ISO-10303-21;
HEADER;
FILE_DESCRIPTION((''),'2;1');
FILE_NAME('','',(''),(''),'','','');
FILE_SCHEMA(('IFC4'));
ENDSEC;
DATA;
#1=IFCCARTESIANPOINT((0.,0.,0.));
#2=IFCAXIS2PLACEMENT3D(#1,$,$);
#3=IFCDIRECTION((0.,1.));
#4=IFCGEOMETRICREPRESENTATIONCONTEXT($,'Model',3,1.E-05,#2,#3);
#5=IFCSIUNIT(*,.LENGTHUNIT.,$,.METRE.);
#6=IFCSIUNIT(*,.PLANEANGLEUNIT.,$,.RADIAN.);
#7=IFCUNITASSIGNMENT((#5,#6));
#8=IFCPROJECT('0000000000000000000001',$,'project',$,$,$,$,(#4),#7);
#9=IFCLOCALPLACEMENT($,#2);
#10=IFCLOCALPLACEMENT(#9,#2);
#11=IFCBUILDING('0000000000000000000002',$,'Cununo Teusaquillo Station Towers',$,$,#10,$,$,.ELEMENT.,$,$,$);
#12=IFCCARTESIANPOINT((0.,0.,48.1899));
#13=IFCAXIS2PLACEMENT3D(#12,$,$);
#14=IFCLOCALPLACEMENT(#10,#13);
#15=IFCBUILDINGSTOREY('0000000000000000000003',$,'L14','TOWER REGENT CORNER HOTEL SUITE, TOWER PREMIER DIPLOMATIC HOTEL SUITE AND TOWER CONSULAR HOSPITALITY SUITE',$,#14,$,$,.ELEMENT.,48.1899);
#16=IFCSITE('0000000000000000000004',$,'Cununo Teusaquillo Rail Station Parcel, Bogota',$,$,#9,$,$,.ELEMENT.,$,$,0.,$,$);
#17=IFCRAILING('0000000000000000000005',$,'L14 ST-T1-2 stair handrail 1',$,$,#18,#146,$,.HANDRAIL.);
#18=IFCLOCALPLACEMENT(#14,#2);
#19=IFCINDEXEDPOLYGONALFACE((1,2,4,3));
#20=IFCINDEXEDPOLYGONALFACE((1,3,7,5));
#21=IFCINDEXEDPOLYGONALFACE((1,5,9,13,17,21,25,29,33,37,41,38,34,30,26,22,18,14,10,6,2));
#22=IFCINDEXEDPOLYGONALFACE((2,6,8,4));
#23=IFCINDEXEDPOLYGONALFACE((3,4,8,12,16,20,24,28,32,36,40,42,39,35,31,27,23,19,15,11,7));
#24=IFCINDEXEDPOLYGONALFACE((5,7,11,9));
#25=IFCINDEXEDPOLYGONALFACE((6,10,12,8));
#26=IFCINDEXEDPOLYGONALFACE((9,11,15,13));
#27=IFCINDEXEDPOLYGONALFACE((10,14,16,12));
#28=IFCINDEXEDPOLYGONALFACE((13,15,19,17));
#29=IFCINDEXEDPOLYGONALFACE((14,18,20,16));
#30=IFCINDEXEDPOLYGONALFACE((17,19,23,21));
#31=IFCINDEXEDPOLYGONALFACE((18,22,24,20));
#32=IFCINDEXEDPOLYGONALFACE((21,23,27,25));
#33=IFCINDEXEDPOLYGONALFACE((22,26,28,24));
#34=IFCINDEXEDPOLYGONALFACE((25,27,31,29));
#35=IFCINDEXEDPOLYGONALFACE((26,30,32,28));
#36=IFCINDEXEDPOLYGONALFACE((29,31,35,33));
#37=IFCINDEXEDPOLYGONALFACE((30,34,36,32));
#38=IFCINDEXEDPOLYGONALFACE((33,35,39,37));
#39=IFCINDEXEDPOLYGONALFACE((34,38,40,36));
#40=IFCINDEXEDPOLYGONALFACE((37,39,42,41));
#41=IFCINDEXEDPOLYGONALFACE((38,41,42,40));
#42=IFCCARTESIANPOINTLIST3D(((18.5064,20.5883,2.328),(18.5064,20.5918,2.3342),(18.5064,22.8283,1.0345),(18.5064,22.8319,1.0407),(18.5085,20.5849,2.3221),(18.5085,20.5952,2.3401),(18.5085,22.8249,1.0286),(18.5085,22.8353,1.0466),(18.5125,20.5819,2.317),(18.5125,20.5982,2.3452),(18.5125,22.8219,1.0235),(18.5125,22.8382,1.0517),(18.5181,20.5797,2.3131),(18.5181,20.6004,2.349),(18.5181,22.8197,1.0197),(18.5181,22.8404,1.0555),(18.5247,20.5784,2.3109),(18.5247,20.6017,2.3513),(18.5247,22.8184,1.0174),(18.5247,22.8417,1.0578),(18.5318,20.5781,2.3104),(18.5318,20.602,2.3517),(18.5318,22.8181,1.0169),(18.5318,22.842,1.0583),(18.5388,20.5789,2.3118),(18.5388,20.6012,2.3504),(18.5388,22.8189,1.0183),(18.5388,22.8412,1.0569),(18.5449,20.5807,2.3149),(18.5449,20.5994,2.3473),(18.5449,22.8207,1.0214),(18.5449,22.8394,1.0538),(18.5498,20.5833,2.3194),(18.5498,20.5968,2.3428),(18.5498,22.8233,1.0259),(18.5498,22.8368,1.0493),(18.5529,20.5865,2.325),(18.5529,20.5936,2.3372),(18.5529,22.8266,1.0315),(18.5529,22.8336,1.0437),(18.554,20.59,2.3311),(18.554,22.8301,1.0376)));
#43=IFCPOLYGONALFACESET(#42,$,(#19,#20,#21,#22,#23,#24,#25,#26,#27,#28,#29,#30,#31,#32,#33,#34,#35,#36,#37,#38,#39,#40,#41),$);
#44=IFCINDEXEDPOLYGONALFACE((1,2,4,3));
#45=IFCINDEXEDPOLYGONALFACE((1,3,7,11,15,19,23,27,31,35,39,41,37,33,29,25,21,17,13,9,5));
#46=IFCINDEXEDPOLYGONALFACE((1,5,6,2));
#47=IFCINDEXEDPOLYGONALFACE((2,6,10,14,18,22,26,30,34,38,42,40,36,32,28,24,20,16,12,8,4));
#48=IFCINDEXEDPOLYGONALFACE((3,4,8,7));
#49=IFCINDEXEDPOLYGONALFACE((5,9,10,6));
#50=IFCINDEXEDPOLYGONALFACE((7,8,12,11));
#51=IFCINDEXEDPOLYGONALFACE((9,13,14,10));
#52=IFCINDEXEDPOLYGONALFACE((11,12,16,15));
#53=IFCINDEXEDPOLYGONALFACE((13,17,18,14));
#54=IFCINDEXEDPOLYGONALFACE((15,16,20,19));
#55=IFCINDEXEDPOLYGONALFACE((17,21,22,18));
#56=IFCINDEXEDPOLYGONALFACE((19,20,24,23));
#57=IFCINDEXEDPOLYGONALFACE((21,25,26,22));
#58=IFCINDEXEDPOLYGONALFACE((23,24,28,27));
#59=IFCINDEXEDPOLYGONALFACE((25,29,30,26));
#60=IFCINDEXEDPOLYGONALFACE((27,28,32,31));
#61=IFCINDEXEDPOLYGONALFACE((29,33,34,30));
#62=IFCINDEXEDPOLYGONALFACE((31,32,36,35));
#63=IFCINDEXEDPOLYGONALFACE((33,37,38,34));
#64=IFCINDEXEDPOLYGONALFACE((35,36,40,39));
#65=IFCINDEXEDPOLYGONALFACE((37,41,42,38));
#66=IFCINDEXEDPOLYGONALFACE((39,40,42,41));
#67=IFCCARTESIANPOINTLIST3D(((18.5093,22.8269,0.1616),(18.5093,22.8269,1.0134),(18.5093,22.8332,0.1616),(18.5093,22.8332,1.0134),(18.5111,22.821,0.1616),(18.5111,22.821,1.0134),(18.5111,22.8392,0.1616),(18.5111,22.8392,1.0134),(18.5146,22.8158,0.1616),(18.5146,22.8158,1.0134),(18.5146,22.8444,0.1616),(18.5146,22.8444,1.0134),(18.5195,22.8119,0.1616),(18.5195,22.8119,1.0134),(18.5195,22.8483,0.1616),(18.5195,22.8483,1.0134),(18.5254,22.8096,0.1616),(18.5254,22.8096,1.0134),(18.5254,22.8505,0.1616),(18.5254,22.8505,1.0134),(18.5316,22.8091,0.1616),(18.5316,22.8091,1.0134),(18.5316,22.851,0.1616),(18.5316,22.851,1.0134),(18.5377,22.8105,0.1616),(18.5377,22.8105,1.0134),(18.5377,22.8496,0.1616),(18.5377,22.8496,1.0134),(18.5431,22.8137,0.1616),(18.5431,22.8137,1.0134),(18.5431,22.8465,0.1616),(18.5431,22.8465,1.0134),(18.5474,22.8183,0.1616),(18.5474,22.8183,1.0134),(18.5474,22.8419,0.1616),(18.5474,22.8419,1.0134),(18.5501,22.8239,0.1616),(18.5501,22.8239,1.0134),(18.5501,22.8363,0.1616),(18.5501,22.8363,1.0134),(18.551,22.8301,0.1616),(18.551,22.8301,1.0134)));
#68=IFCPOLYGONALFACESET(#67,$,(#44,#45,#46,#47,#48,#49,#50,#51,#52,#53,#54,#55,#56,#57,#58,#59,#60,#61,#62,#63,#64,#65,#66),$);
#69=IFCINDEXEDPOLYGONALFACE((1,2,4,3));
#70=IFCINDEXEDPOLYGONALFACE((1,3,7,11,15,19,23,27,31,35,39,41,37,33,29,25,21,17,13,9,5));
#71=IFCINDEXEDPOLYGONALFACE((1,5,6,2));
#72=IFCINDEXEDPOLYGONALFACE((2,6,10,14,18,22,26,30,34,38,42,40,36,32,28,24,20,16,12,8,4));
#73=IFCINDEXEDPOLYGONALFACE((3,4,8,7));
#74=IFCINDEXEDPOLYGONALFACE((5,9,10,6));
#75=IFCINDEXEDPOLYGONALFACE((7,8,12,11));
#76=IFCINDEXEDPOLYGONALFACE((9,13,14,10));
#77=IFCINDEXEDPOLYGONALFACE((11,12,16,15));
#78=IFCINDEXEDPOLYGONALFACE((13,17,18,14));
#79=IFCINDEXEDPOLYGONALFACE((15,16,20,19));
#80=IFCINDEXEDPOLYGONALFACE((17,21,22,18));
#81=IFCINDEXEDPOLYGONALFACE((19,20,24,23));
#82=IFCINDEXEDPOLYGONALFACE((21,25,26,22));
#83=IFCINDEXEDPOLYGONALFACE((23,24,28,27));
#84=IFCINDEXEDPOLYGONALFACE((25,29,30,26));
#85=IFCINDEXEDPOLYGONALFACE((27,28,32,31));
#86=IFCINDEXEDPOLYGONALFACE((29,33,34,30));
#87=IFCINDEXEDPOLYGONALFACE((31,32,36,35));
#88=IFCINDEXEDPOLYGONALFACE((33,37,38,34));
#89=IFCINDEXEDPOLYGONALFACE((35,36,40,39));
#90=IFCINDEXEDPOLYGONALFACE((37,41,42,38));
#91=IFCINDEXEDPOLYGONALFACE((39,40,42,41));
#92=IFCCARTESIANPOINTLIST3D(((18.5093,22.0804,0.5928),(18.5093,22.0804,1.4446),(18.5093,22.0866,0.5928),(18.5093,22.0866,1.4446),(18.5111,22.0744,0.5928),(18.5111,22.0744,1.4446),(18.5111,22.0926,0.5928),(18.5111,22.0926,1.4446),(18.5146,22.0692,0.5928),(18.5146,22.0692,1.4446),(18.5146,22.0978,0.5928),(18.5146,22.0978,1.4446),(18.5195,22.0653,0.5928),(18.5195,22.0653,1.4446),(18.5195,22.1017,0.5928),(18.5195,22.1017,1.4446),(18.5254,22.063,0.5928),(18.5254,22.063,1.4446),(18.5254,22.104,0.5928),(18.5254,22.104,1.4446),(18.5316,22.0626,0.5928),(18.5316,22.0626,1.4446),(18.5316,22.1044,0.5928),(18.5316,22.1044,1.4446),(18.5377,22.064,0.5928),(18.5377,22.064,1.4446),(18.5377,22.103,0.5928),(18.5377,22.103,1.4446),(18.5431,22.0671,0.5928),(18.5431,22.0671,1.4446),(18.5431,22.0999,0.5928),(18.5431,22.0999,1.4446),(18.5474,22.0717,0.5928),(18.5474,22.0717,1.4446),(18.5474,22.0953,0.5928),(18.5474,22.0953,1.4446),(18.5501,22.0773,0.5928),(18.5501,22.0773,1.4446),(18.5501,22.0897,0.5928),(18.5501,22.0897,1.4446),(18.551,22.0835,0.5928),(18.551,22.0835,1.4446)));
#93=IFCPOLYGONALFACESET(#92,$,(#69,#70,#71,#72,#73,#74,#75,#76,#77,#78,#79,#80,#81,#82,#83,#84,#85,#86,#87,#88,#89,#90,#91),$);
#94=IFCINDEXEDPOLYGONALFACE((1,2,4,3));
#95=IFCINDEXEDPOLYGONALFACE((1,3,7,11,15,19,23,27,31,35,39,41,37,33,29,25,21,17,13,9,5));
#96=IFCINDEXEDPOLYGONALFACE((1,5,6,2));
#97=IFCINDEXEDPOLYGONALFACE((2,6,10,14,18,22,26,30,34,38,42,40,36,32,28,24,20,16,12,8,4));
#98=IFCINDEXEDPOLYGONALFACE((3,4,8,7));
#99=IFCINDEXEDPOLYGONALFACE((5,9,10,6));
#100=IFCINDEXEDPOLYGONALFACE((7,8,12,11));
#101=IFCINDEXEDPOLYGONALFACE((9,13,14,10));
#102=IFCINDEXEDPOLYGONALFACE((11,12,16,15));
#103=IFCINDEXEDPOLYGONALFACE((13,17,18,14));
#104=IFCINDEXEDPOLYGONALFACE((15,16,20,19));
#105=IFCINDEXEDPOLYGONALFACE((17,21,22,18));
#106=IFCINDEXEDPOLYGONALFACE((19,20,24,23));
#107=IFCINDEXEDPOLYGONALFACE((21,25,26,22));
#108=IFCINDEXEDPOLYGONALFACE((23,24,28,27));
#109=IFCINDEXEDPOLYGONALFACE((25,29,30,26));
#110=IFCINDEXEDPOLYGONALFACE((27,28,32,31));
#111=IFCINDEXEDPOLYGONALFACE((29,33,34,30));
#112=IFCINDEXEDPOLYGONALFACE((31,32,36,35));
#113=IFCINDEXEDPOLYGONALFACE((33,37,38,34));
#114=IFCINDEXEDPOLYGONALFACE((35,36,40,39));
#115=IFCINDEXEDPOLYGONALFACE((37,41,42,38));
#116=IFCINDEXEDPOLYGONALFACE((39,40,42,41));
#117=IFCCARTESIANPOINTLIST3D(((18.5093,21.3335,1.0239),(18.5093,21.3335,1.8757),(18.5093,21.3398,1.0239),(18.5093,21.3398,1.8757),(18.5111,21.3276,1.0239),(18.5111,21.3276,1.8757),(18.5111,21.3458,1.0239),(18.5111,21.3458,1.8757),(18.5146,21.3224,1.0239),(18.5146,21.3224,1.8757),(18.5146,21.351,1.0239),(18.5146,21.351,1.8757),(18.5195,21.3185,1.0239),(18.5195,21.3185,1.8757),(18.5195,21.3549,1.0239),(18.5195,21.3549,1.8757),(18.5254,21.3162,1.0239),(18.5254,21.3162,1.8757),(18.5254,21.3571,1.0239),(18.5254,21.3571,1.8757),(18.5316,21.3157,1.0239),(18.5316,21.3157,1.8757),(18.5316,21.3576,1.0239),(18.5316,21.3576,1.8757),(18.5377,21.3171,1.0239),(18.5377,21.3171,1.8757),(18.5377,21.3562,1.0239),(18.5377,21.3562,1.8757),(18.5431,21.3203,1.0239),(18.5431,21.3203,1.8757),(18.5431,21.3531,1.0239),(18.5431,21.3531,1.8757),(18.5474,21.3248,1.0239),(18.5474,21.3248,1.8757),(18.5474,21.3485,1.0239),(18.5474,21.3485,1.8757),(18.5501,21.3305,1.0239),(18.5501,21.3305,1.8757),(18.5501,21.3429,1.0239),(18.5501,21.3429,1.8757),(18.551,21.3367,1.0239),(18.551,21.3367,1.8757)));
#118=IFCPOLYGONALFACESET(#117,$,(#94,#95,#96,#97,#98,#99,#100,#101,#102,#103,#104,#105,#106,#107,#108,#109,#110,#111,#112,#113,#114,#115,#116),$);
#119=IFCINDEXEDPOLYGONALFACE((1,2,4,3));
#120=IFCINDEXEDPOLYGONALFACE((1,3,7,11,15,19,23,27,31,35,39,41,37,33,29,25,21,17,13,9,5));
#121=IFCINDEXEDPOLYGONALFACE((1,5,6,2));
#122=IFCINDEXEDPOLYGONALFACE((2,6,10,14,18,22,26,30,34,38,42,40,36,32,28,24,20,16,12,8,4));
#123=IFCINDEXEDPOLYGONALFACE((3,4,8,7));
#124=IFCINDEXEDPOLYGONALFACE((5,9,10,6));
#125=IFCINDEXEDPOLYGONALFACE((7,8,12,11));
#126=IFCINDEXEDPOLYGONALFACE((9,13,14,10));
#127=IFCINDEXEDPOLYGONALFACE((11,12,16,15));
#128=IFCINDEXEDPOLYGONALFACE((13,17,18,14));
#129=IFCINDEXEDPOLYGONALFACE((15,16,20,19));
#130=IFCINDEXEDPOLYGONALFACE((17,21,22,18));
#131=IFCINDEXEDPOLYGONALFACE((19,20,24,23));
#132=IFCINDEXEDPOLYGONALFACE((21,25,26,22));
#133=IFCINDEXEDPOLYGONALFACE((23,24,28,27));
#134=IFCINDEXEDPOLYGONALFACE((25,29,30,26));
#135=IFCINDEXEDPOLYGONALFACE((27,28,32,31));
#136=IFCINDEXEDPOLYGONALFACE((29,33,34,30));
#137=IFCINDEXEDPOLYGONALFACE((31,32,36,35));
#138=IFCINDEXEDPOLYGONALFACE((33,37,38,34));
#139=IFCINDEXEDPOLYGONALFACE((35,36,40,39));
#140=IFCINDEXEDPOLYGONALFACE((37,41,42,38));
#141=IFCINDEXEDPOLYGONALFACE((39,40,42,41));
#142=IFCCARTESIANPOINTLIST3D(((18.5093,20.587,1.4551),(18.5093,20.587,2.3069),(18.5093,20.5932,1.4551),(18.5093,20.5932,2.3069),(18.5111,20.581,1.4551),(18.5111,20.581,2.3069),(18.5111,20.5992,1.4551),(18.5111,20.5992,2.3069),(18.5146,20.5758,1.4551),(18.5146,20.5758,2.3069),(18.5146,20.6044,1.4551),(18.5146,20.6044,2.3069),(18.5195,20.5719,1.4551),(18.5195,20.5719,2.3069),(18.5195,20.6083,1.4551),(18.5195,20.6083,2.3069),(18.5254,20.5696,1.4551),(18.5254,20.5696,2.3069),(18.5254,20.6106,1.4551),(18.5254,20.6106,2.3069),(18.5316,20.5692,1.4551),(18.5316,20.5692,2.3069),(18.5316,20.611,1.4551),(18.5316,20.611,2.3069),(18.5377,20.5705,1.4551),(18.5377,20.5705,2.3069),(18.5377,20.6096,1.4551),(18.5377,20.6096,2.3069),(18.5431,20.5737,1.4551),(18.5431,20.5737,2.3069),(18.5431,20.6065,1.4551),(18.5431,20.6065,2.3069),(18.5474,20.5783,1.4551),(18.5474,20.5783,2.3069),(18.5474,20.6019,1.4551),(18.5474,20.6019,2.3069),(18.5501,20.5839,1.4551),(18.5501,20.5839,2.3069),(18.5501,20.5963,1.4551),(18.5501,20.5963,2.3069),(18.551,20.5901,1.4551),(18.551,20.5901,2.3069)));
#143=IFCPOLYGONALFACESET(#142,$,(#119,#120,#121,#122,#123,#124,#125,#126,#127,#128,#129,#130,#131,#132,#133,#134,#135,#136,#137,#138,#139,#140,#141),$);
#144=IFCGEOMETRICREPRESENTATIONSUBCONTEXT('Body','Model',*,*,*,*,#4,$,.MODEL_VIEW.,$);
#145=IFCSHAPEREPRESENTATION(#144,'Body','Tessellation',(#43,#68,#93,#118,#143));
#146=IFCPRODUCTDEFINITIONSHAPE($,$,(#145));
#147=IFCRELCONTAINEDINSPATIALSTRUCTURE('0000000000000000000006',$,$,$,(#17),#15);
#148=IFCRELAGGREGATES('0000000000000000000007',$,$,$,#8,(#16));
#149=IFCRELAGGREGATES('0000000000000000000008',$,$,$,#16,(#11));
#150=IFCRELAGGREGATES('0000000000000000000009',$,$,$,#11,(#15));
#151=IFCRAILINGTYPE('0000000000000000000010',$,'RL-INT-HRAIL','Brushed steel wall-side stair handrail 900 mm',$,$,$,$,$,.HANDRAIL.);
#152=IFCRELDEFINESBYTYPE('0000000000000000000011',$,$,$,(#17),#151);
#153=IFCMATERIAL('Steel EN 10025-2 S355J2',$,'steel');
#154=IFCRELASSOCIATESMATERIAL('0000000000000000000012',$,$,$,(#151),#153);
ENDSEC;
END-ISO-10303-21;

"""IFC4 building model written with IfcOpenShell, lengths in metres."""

from ifc_helpers import new_model, si_unit, direction, frame, origin, origin_2d, place, context, subcontext, project, spatial, circle, extrude, material, type_object, element, save


model = new_model("IFC4")

# Units and contexts
model_context = context("Model", 3, precision=1e-05, world=origin(), true_north=direction((0.0, 1.0)))
body_context = subcontext(model_context, "Body", "Model", "MODEL_VIEW")
ifc_project = project(units=[si_unit("LENGTHUNIT", "METRE"), si_unit("PLANEANGLEUNIT", "RADIAN")], contexts=[model_context])

# Site, building, storey
site_placement = place(None, origin())
site = spatial("IfcSite", under=ifc_project, at=site_placement, Name="Cununo Teusaquillo Rail Station Parcel, Bogota", CompositionType="ELEMENT", RefElevation=0.0)
building_placement = place(site_placement, origin())
building = spatial("IfcBuilding", under=site, at=building_placement, Name="Cununo Teusaquillo Station Towers", CompositionType="ELEMENT")
storey_placement = place(building_placement, frame((0.0, 0.0, 48.1899)))
storey = spatial("IfcBuildingStorey", under=building, at=storey_placement, Name="L14", Description="TOWER REGENT CORNER HOTEL SUITE, TOWER PREMIER DIPLOMATIC HOTEL SUITE AND TOWER CONSULAR HOSPITALITY SUITE", CompositionType="ELEMENT", Elevation=48.1899)

# Railing
ifc_material_1 = material(Name="Steel EN 10025-2 S355J2", Category="steel")
railing_type_1 = type_object("IfcRailingType", Name="RL-INT-HRAIL", Description="Brushed steel wall-side stair handrail 900 mm", PredefinedType="HANDRAIL", material=ifc_material_1)
railing_1_placement = place(storey_placement, frame((18.53, 22.8301, 0.1616)))
element("IfcRailing", 1, at=railing_1_placement, inside=storey, type_object=railing_type_1, Name="L14 ST-T1-2 stair handrail 1", PredefinedType="HANDRAIL", context=body_context, shape_type="SweptSolid", body=[
    extrude(circle(Radius=0.0239, at=origin_2d()), frame((0.0, 0.0, 0.876), z_axis=(0.0, -0.865992, 0.500057), x_axis=(1.0, 0.0, 0.0)), (0.0, 0.0, 1.0), 2.5867),
    extrude(circle(Radius=0.021, at=origin_2d()), origin(), (0.0, 0.0, 1.0), 0.8518),
    extrude(circle(Radius=0.021, at=origin_2d()), frame((0.0, -0.7466, 0.4312)), (0.0, 0.0, 1.0), 0.8518),
    extrude(circle(Radius=0.021, at=origin_2d()), frame((0.0, -1.4934, 0.8623)), (0.0, 0.0, 1.0), 0.8518),
    extrude(circle(Radius=0.021, at=origin_2d()), frame((0.0, -2.24, 1.2935)), (0.0, 0.0, 1.0), 0.8518),
])

save(model, "model.ifc")
